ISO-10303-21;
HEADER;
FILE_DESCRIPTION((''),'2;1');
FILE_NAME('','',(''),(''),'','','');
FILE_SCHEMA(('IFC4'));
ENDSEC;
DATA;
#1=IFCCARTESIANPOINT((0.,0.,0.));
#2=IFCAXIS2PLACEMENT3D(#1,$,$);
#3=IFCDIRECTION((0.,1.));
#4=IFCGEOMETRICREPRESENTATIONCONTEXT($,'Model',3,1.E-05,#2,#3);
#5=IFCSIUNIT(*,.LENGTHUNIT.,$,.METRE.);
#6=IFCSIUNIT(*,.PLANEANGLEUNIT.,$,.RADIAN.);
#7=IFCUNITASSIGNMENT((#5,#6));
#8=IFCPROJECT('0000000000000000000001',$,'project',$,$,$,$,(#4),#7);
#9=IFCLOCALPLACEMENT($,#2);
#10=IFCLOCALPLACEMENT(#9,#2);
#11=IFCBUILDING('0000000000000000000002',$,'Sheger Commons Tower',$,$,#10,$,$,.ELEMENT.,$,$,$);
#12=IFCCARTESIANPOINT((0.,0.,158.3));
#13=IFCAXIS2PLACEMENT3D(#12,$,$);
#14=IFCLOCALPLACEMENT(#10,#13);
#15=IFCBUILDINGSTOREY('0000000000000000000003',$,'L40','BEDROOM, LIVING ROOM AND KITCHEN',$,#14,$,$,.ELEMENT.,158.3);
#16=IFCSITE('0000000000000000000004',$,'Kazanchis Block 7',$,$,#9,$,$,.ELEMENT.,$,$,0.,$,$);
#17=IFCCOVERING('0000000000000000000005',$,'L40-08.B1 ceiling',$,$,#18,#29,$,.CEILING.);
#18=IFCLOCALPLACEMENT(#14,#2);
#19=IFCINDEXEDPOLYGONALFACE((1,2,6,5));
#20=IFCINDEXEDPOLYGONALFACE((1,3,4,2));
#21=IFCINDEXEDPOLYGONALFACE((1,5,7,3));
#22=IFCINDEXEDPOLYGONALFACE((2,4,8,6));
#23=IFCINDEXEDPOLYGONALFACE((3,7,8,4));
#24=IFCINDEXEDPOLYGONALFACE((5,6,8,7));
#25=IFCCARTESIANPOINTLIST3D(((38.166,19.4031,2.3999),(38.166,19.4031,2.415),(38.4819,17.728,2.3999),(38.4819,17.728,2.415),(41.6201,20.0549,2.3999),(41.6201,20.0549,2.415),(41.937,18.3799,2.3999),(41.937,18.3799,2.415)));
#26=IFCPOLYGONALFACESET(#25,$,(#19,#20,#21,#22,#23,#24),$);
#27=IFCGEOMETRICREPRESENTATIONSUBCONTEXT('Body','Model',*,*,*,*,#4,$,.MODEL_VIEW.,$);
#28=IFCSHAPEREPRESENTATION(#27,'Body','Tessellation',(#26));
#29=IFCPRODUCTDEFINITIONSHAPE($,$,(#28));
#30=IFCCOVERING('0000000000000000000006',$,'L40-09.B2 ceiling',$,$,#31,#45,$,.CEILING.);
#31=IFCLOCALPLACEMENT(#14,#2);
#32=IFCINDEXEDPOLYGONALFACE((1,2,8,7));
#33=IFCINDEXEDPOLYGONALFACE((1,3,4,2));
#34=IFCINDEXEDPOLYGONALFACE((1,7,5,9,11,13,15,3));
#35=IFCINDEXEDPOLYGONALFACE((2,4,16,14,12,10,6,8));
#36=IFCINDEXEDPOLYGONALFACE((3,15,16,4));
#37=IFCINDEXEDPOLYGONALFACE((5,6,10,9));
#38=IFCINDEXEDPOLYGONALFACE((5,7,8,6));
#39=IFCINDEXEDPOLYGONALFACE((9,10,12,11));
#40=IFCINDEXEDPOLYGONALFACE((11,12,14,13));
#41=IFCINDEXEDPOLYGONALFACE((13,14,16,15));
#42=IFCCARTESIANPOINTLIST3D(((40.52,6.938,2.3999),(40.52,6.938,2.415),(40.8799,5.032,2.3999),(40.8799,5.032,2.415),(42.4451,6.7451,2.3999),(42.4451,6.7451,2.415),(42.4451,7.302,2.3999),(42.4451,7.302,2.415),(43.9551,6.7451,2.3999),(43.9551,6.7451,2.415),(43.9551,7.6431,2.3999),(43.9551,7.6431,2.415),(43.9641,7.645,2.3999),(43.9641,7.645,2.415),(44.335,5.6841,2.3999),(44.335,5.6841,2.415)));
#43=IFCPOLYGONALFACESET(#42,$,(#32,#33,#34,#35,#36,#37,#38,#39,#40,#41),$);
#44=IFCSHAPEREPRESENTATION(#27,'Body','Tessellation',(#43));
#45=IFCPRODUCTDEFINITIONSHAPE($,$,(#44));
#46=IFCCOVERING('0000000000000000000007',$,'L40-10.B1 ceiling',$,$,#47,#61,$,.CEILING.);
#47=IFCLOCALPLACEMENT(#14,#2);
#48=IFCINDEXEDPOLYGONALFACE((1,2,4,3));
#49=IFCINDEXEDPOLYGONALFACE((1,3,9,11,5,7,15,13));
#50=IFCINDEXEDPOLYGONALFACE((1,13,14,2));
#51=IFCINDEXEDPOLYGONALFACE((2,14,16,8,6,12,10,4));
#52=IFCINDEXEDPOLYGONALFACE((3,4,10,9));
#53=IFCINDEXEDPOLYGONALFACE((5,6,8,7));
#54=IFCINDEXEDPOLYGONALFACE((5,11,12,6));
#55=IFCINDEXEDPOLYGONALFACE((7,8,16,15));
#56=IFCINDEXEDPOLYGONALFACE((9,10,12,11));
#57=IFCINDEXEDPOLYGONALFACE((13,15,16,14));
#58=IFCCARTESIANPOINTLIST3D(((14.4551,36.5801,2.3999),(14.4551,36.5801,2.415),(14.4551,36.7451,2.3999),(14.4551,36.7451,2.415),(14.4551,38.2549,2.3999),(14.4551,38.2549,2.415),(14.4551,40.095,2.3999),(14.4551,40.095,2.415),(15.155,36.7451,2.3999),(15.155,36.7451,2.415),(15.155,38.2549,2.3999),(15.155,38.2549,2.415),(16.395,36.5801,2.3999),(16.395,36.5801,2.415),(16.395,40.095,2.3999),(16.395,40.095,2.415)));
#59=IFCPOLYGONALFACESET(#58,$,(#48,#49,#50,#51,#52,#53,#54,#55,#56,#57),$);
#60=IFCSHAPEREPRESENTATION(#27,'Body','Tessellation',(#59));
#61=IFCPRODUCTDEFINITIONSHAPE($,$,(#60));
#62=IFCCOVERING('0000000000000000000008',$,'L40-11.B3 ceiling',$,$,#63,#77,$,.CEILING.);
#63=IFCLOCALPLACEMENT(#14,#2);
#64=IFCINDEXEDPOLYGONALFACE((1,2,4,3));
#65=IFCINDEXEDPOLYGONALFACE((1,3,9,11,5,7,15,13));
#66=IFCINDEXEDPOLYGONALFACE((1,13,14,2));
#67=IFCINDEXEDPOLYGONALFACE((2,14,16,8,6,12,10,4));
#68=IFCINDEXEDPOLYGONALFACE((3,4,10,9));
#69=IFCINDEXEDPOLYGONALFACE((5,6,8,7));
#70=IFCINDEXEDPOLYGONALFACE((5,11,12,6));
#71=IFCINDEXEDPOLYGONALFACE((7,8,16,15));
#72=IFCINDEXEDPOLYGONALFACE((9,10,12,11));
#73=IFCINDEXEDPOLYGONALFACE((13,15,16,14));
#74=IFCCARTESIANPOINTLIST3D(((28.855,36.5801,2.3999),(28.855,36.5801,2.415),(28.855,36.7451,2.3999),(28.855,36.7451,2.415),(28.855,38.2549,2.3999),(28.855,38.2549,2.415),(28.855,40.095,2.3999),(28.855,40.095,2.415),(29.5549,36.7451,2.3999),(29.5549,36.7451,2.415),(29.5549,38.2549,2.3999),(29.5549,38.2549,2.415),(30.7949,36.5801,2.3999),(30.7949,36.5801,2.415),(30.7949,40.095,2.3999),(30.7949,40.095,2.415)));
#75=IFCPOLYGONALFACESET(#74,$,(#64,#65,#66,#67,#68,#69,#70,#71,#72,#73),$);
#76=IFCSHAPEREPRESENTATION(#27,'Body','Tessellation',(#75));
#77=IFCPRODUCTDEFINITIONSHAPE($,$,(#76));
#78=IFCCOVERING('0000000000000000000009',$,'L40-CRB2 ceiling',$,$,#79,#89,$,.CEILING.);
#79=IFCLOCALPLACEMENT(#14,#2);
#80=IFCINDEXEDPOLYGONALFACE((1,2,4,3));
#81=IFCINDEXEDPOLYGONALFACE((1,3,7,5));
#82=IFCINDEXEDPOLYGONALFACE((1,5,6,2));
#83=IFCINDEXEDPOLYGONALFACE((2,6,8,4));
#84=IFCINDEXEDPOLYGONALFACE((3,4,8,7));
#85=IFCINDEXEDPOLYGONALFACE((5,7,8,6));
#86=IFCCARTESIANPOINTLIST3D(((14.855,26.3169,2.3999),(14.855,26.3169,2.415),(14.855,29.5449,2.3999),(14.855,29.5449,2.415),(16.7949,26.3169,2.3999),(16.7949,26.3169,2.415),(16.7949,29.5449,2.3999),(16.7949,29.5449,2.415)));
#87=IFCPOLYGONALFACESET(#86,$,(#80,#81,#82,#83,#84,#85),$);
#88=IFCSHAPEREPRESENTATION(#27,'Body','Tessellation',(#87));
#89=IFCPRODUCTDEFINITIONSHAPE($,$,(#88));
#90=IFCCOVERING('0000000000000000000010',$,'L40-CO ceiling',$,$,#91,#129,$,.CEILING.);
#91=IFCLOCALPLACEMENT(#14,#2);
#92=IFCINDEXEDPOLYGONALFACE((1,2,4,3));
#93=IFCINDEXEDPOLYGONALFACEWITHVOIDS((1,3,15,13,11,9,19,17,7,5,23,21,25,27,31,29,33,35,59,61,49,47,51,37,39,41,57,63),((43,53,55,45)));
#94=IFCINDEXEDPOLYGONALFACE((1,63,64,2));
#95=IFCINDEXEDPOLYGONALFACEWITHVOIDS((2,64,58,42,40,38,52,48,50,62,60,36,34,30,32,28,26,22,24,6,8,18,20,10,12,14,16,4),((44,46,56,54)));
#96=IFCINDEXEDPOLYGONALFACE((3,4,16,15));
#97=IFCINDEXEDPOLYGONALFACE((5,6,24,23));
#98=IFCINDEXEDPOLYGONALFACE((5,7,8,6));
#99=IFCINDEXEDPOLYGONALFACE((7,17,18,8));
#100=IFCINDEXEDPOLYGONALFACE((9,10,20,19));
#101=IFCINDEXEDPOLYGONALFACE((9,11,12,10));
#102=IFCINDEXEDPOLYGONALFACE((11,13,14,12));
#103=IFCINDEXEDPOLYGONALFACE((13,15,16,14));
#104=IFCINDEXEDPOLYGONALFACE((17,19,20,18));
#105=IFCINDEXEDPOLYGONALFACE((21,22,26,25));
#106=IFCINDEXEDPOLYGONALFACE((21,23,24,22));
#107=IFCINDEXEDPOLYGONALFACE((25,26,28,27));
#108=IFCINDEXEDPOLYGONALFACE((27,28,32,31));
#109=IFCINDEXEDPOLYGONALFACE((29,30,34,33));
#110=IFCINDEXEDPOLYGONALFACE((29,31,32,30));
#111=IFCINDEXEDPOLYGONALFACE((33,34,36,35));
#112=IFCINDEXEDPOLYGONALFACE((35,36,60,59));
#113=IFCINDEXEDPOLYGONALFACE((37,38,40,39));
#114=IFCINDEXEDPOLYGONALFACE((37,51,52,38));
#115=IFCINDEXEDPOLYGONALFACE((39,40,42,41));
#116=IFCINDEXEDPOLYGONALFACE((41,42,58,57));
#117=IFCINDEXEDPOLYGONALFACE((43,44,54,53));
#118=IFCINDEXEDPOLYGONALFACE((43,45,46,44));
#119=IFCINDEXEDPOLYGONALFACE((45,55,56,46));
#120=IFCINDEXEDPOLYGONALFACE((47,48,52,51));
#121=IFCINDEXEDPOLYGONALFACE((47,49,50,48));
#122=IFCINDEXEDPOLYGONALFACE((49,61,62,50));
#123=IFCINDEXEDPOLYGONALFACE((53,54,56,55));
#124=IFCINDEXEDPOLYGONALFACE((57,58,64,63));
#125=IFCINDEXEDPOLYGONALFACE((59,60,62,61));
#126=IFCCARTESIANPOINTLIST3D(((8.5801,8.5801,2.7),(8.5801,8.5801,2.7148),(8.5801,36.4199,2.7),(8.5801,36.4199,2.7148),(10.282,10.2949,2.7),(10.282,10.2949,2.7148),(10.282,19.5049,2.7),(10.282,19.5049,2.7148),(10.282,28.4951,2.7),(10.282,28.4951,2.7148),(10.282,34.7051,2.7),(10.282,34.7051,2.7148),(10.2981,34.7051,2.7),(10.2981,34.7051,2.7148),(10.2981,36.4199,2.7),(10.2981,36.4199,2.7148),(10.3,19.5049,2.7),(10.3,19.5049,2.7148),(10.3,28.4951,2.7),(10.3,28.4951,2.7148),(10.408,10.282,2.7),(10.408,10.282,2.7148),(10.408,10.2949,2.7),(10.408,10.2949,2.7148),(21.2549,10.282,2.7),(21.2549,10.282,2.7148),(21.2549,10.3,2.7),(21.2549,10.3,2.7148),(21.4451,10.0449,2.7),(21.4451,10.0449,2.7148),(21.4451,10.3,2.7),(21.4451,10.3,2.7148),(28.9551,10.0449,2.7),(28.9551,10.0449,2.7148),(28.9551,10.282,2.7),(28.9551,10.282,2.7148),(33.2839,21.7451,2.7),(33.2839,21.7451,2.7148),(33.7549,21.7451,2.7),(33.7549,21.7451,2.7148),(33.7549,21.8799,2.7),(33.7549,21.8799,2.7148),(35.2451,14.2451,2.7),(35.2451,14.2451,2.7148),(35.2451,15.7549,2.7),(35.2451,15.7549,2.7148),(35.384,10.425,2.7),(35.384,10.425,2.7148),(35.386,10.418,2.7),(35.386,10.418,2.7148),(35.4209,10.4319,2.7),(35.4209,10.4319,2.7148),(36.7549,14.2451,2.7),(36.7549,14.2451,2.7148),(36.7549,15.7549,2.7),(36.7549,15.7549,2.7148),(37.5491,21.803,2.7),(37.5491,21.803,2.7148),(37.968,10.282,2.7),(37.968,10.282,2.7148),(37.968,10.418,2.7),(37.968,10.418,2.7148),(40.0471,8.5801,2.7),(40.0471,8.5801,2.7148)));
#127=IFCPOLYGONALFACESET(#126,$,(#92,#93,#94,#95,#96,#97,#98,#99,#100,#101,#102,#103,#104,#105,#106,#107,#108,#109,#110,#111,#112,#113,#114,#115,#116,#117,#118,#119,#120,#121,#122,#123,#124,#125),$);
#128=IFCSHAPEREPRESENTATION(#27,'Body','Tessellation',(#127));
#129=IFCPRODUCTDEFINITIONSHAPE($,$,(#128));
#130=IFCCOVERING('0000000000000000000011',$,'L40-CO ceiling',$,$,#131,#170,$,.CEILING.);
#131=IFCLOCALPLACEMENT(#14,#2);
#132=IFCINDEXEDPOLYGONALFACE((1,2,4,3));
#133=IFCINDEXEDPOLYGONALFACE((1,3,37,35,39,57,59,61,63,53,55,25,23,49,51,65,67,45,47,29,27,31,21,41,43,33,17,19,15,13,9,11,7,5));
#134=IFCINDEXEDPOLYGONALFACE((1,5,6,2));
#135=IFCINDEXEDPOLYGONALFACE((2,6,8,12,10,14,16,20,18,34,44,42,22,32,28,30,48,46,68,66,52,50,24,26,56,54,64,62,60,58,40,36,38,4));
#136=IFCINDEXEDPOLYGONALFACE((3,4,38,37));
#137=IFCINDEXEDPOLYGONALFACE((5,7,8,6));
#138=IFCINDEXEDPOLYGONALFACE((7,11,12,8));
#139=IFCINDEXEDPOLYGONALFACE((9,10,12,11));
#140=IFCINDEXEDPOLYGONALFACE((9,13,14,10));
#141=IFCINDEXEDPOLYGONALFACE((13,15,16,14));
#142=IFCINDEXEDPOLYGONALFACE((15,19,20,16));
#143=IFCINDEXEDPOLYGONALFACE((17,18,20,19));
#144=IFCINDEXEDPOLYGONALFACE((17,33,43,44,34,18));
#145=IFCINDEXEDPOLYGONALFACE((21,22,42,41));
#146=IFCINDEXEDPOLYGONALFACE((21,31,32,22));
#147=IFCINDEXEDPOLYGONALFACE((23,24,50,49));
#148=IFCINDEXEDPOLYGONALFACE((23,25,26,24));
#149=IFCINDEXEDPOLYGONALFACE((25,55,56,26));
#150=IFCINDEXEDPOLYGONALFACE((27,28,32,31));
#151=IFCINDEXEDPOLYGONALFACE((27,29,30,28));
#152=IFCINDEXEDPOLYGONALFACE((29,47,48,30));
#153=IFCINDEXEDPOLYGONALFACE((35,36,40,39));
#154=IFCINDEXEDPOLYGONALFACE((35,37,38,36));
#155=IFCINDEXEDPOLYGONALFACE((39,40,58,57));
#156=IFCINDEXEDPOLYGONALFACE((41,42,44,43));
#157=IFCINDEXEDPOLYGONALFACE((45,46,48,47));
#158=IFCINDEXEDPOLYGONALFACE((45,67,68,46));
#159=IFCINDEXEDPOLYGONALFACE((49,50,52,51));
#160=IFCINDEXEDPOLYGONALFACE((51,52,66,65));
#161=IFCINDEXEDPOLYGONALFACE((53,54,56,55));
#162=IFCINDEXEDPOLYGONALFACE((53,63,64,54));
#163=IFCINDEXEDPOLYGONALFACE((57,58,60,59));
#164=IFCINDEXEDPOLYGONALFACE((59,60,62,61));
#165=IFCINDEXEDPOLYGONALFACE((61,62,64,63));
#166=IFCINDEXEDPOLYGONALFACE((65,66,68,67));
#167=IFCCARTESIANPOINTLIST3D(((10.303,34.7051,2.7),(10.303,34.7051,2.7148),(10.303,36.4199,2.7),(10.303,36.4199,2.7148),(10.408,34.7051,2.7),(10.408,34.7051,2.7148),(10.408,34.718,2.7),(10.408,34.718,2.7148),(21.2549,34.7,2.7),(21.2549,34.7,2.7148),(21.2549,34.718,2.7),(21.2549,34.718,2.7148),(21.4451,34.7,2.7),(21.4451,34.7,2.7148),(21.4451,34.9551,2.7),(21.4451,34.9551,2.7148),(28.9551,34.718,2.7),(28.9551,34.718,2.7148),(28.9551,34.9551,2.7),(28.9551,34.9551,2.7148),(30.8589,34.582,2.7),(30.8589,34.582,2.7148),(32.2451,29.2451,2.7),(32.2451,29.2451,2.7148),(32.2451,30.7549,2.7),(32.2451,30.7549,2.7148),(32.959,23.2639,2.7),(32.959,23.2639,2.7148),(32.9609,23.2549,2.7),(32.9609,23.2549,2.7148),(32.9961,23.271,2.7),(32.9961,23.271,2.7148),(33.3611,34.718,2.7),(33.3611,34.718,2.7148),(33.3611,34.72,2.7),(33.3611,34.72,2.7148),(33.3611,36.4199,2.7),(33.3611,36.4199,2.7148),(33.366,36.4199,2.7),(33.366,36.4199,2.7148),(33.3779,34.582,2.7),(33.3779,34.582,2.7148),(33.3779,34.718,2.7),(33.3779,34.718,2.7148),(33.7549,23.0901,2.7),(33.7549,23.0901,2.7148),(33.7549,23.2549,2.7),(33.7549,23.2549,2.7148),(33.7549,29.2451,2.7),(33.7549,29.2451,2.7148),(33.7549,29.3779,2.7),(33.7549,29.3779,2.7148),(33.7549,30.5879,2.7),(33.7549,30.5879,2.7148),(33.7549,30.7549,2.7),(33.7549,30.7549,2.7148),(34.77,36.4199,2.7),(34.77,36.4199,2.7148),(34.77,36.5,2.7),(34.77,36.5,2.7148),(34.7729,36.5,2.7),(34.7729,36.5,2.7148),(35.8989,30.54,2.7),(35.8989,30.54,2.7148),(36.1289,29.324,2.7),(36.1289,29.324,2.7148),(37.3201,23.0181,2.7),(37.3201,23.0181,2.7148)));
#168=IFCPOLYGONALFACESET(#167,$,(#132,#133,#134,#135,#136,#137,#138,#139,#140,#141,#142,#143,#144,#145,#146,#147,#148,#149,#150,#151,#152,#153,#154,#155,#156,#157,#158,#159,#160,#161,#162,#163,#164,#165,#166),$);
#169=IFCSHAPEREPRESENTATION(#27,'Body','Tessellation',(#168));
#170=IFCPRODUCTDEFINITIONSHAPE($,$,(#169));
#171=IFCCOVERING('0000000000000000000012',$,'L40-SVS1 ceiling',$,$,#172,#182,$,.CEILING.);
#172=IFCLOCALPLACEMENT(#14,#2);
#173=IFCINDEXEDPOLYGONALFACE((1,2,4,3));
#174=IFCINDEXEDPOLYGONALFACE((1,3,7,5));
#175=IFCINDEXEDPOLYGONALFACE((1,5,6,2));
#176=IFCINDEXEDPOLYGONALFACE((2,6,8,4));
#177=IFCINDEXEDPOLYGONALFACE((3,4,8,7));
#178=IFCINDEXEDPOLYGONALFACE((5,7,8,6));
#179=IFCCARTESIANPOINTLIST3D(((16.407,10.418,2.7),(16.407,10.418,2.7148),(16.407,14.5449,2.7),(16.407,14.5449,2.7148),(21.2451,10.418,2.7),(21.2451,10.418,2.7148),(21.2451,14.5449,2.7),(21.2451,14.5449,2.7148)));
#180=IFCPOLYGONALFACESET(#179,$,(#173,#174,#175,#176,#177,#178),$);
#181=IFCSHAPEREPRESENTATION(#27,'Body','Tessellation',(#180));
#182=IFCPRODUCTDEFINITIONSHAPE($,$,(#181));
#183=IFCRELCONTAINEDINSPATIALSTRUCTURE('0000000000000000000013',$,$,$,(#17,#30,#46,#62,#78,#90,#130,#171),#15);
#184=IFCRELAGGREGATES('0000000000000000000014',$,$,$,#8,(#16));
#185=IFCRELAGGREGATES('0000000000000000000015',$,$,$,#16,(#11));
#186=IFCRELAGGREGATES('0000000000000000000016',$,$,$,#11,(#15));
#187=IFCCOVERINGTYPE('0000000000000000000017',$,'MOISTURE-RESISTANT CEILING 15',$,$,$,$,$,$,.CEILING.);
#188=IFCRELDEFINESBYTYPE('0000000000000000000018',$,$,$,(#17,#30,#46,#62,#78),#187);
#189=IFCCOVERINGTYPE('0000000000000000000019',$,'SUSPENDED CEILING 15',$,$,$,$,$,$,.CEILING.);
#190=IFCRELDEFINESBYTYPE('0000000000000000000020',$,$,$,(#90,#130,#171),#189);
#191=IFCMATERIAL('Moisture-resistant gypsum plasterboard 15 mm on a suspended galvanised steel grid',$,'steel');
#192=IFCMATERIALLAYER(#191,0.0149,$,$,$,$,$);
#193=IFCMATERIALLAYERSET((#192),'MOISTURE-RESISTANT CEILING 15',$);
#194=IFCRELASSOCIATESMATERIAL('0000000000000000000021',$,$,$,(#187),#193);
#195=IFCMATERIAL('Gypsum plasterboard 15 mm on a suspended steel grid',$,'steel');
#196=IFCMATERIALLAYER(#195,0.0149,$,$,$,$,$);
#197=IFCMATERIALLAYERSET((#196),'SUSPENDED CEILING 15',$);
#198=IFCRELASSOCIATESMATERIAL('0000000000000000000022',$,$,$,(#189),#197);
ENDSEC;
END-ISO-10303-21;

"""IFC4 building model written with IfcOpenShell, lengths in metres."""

from ifc_helpers import new_model, si_unit, direction, frame, origin, place, context, subcontext, project, spatial, polyline, outline, extrude, material, layer, layer_set, type_object, element, save


model = new_model("IFC4")

# Units and contexts
model_context = context("Model", 3, precision=1e-05, world=origin(), true_north=direction((0.0, 1.0)))
body_context = subcontext(model_context, "Body", "Model", "MODEL_VIEW")
ifc_project = project(units=[si_unit("LENGTHUNIT", "METRE"), si_unit("PLANEANGLEUNIT", "RADIAN")], contexts=[model_context])

# Site, building, storey
site_placement = place(None, origin())
site = spatial("IfcSite", under=ifc_project, at=site_placement, Name="Kazanchis Block 7", CompositionType="ELEMENT", RefElevation=0.0)
building_placement = place(site_placement, origin())
building = spatial("IfcBuilding", under=site, at=building_placement, Name="Sheger Commons Tower", CompositionType="ELEMENT")
storey_placement = place(building_placement, frame((0.0, 0.0, 158.3)))
storey = spatial("IfcBuildingStorey", under=building, at=storey_placement, Name="L40", Description="BEDROOM, LIVING ROOM AND KITCHEN", CompositionType="ELEMENT", Elevation=158.3)

# Coverings
ifc_material_1 = material(Name="Moisture-resistant gypsum plasterboard 15 mm on a suspended galvanised steel grid", Category="steel")
ifc_layer_1 = layer(ifc_material_1, 0.0149)
ifc_layer_set_1 = layer_set([ifc_layer_1], Name="MOISTURE-RESISTANT CEILING 15")
covering_type_1 = type_object("IfcCoveringType", Name="MOISTURE-RESISTANT CEILING 15", PredefinedType="CEILING", material=ifc_layer_set_1)
covering_1_placement = place(storey_placement, frame((0.0, 0.0, 2.3999)))
element("IfcCovering", 1, at=covering_1_placement, inside=storey, type_object=covering_type_1, Name="L40-08.B1 ceiling", PredefinedType="CEILING", context=body_context, shape_type="SweptSolid", body=[
    extrude(outline(polyline([(38.4819, 17.728), (41.937, 18.3799), (41.6201, 20.0549), (38.166, 19.4031), (38.4819, 17.728)])), origin(), (0.0, 0.0, 1.0), 0.0151),
])
covering_2_placement = place(storey_placement, frame((0.0, 0.0, 2.3999)))
element("IfcCovering", 2, at=covering_2_placement, inside=storey, type_object=covering_type_1, Name="L40-09.B2 ceiling", PredefinedType="CEILING", context=body_context, shape_type="SweptSolid", body=[
    extrude(outline(polyline([(40.8799, 5.032), (44.335, 5.6841), (43.9641, 7.645), (43.9551, 7.6431), (43.9551, 6.7451), (42.4451, 6.7451), (42.4451, 7.302), (40.52, 6.938), (40.8799, 5.032)])), origin(), (0.0, 0.0, 1.0), 0.0151),
])
covering_3_placement = place(storey_placement, frame((0.0, 0.0, 2.3999)))
element("IfcCovering", 3, at=covering_3_placement, inside=storey, type_object=covering_type_1, Name="L40-10.B1 ceiling", PredefinedType="CEILING", context=body_context, shape_type="SweptSolid", body=[
    extrude(outline(polyline([(14.4551, 36.5801), (16.395, 36.5801), (16.395, 40.095), (14.4551, 40.095), (14.4551, 38.2549), (15.155, 38.2549), (15.155, 36.7451), (14.4551, 36.7451), (14.4551, 36.5801)])), origin(), (0.0, 0.0, 1.0), 0.0151),
])
covering_4_placement = place(storey_placement, frame((0.0, 0.0, 2.3999)))
element("IfcCovering", 4, at=covering_4_placement, inside=storey, type_object=covering_type_1, Name="L40-11.B3 ceiling", PredefinedType="CEILING", context=body_context, shape_type="SweptSolid", body=[
    extrude(outline(polyline([(28.855, 36.5801), (30.7949, 36.5801), (30.7949, 40.095), (28.855, 40.095), (28.855, 38.2549), (29.5549, 38.2549), (29.5549, 36.7451), (28.855, 36.7451), (28.855, 36.5801)])), origin(), (0.0, 0.0, 1.0), 0.0151),
])
covering_5_placement = place(storey_placement, frame((0.0, 0.0, 2.3999)))
element("IfcCovering", 5, at=covering_5_placement, inside=storey, type_object=covering_type_1, Name="L40-CRB2 ceiling", PredefinedType="CEILING", context=body_context, shape_type="SweptSolid", body=[
    extrude(outline(polyline([(14.855, 26.3169), (16.7949, 26.3169), (16.7949, 29.5449), (14.855, 29.5449), (14.855, 26.3169)])), origin(), (0.0, 0.0, 1.0), 0.0151),
])
ifc_material_2 = material(Name="Gypsum plasterboard 15 mm on a suspended steel grid", Category="steel")
ifc_layer_2 = layer(ifc_material_2, 0.0149)
ifc_layer_set_2 = layer_set([ifc_layer_2], Name="SUSPENDED CEILING 15")
covering_type_2 = type_object("IfcCoveringType", Name="SUSPENDED CEILING 15", PredefinedType="CEILING", material=ifc_layer_set_2)
covering_6_placement = place(storey_placement, frame((0.0, 0.0, 2.7)))
element("IfcCovering", 6, at=covering_6_placement, inside=storey, type_object=covering_type_2, Name="L40-CO ceiling", PredefinedType="CEILING", context=body_context, shape_type="SweptSolid", body=[
    extrude(outline(polyline([(8.5801, 8.5801), (40.0471, 8.5801), (37.5491, 21.803), (33.7549, 21.8799), (33.7549, 21.7451), (33.2839, 21.7451), (35.4209, 10.4319), (35.384, 10.425), (35.386, 10.418), (37.968, 10.418), (37.968, 10.282), (28.9551, 10.282), (28.9551, 10.0449), (21.4451, 10.0449), (21.4451, 10.3), (21.2549, 10.3), (21.2549, 10.282), (10.408, 10.282), (10.408, 10.2949), (10.282, 10.2949), (10.282, 19.5049), (10.3, 19.5049), (10.3, 28.4951), (10.282, 28.4951), (10.282, 34.7051), (10.2981, 34.7051), (10.2981, 36.4199), (8.5801, 36.4199), (8.5801, 8.5801)]), holes=[polyline([(35.2451, 15.7549), (36.7549, 15.7549), (36.7549, 14.2451), (35.2451, 14.2451), (35.2451, 15.7549)])]), origin(), (0.0, 0.0, 1.0), 0.0149),
])
covering_7_placement = place(storey_placement, frame((0.0, 0.0, 2.7)))
element("IfcCovering", 7, at=covering_7_placement, inside=storey, type_object=covering_type_2, Name="L40-CO ceiling", PredefinedType="CEILING", context=body_context, shape_type="SweptSolid", body=[
    extrude(outline(polyline([(37.3201, 23.0181), (36.1289, 29.324), (33.7549, 29.3779), (33.7549, 29.2451), (32.2451, 29.2451), (32.2451, 30.7549), (33.7549, 30.7549), (33.7549, 30.5879), (35.8989, 30.54), (34.7729, 36.5), (34.77, 36.5), (34.77, 36.4199), (33.366, 36.4199), (33.3611, 34.72), (33.3611, 36.4199), (10.303, 36.4199), (10.303, 34.7051), (10.408, 34.7051), (10.408, 34.718), (21.2549, 34.718), (21.2549, 34.7), (21.4451, 34.7), (21.4451, 34.9551), (28.9551, 34.9551), (28.9551, 34.718), (33.3611, 34.718), (33.3779, 34.718), (33.3779, 34.582), (30.8589, 34.582), (32.9961, 23.271), (32.959, 23.2639), (32.9609, 23.2549), (33.7549, 23.2549), (33.7549, 23.0901), (37.3201, 23.0181)])), origin(), (0.0, 0.0, 1.0), 0.0149),
])
covering_8_placement = place(storey_placement, frame((0.0, 0.0, 2.7)))
element("IfcCovering", 8, at=covering_8_placement, inside=storey, type_object=covering_type_2, Name="L40-SVS1 ceiling", PredefinedType="CEILING", context=body_context, shape_type="SweptSolid", body=[
    extrude(outline(polyline([(16.407, 10.418), (21.2451, 10.418), (21.2451, 14.5449), (16.407, 14.5449), (16.407, 10.418)])), origin(), (0.0, 0.0, 1.0), 0.0149),
])

save(model, "model.ifc")
